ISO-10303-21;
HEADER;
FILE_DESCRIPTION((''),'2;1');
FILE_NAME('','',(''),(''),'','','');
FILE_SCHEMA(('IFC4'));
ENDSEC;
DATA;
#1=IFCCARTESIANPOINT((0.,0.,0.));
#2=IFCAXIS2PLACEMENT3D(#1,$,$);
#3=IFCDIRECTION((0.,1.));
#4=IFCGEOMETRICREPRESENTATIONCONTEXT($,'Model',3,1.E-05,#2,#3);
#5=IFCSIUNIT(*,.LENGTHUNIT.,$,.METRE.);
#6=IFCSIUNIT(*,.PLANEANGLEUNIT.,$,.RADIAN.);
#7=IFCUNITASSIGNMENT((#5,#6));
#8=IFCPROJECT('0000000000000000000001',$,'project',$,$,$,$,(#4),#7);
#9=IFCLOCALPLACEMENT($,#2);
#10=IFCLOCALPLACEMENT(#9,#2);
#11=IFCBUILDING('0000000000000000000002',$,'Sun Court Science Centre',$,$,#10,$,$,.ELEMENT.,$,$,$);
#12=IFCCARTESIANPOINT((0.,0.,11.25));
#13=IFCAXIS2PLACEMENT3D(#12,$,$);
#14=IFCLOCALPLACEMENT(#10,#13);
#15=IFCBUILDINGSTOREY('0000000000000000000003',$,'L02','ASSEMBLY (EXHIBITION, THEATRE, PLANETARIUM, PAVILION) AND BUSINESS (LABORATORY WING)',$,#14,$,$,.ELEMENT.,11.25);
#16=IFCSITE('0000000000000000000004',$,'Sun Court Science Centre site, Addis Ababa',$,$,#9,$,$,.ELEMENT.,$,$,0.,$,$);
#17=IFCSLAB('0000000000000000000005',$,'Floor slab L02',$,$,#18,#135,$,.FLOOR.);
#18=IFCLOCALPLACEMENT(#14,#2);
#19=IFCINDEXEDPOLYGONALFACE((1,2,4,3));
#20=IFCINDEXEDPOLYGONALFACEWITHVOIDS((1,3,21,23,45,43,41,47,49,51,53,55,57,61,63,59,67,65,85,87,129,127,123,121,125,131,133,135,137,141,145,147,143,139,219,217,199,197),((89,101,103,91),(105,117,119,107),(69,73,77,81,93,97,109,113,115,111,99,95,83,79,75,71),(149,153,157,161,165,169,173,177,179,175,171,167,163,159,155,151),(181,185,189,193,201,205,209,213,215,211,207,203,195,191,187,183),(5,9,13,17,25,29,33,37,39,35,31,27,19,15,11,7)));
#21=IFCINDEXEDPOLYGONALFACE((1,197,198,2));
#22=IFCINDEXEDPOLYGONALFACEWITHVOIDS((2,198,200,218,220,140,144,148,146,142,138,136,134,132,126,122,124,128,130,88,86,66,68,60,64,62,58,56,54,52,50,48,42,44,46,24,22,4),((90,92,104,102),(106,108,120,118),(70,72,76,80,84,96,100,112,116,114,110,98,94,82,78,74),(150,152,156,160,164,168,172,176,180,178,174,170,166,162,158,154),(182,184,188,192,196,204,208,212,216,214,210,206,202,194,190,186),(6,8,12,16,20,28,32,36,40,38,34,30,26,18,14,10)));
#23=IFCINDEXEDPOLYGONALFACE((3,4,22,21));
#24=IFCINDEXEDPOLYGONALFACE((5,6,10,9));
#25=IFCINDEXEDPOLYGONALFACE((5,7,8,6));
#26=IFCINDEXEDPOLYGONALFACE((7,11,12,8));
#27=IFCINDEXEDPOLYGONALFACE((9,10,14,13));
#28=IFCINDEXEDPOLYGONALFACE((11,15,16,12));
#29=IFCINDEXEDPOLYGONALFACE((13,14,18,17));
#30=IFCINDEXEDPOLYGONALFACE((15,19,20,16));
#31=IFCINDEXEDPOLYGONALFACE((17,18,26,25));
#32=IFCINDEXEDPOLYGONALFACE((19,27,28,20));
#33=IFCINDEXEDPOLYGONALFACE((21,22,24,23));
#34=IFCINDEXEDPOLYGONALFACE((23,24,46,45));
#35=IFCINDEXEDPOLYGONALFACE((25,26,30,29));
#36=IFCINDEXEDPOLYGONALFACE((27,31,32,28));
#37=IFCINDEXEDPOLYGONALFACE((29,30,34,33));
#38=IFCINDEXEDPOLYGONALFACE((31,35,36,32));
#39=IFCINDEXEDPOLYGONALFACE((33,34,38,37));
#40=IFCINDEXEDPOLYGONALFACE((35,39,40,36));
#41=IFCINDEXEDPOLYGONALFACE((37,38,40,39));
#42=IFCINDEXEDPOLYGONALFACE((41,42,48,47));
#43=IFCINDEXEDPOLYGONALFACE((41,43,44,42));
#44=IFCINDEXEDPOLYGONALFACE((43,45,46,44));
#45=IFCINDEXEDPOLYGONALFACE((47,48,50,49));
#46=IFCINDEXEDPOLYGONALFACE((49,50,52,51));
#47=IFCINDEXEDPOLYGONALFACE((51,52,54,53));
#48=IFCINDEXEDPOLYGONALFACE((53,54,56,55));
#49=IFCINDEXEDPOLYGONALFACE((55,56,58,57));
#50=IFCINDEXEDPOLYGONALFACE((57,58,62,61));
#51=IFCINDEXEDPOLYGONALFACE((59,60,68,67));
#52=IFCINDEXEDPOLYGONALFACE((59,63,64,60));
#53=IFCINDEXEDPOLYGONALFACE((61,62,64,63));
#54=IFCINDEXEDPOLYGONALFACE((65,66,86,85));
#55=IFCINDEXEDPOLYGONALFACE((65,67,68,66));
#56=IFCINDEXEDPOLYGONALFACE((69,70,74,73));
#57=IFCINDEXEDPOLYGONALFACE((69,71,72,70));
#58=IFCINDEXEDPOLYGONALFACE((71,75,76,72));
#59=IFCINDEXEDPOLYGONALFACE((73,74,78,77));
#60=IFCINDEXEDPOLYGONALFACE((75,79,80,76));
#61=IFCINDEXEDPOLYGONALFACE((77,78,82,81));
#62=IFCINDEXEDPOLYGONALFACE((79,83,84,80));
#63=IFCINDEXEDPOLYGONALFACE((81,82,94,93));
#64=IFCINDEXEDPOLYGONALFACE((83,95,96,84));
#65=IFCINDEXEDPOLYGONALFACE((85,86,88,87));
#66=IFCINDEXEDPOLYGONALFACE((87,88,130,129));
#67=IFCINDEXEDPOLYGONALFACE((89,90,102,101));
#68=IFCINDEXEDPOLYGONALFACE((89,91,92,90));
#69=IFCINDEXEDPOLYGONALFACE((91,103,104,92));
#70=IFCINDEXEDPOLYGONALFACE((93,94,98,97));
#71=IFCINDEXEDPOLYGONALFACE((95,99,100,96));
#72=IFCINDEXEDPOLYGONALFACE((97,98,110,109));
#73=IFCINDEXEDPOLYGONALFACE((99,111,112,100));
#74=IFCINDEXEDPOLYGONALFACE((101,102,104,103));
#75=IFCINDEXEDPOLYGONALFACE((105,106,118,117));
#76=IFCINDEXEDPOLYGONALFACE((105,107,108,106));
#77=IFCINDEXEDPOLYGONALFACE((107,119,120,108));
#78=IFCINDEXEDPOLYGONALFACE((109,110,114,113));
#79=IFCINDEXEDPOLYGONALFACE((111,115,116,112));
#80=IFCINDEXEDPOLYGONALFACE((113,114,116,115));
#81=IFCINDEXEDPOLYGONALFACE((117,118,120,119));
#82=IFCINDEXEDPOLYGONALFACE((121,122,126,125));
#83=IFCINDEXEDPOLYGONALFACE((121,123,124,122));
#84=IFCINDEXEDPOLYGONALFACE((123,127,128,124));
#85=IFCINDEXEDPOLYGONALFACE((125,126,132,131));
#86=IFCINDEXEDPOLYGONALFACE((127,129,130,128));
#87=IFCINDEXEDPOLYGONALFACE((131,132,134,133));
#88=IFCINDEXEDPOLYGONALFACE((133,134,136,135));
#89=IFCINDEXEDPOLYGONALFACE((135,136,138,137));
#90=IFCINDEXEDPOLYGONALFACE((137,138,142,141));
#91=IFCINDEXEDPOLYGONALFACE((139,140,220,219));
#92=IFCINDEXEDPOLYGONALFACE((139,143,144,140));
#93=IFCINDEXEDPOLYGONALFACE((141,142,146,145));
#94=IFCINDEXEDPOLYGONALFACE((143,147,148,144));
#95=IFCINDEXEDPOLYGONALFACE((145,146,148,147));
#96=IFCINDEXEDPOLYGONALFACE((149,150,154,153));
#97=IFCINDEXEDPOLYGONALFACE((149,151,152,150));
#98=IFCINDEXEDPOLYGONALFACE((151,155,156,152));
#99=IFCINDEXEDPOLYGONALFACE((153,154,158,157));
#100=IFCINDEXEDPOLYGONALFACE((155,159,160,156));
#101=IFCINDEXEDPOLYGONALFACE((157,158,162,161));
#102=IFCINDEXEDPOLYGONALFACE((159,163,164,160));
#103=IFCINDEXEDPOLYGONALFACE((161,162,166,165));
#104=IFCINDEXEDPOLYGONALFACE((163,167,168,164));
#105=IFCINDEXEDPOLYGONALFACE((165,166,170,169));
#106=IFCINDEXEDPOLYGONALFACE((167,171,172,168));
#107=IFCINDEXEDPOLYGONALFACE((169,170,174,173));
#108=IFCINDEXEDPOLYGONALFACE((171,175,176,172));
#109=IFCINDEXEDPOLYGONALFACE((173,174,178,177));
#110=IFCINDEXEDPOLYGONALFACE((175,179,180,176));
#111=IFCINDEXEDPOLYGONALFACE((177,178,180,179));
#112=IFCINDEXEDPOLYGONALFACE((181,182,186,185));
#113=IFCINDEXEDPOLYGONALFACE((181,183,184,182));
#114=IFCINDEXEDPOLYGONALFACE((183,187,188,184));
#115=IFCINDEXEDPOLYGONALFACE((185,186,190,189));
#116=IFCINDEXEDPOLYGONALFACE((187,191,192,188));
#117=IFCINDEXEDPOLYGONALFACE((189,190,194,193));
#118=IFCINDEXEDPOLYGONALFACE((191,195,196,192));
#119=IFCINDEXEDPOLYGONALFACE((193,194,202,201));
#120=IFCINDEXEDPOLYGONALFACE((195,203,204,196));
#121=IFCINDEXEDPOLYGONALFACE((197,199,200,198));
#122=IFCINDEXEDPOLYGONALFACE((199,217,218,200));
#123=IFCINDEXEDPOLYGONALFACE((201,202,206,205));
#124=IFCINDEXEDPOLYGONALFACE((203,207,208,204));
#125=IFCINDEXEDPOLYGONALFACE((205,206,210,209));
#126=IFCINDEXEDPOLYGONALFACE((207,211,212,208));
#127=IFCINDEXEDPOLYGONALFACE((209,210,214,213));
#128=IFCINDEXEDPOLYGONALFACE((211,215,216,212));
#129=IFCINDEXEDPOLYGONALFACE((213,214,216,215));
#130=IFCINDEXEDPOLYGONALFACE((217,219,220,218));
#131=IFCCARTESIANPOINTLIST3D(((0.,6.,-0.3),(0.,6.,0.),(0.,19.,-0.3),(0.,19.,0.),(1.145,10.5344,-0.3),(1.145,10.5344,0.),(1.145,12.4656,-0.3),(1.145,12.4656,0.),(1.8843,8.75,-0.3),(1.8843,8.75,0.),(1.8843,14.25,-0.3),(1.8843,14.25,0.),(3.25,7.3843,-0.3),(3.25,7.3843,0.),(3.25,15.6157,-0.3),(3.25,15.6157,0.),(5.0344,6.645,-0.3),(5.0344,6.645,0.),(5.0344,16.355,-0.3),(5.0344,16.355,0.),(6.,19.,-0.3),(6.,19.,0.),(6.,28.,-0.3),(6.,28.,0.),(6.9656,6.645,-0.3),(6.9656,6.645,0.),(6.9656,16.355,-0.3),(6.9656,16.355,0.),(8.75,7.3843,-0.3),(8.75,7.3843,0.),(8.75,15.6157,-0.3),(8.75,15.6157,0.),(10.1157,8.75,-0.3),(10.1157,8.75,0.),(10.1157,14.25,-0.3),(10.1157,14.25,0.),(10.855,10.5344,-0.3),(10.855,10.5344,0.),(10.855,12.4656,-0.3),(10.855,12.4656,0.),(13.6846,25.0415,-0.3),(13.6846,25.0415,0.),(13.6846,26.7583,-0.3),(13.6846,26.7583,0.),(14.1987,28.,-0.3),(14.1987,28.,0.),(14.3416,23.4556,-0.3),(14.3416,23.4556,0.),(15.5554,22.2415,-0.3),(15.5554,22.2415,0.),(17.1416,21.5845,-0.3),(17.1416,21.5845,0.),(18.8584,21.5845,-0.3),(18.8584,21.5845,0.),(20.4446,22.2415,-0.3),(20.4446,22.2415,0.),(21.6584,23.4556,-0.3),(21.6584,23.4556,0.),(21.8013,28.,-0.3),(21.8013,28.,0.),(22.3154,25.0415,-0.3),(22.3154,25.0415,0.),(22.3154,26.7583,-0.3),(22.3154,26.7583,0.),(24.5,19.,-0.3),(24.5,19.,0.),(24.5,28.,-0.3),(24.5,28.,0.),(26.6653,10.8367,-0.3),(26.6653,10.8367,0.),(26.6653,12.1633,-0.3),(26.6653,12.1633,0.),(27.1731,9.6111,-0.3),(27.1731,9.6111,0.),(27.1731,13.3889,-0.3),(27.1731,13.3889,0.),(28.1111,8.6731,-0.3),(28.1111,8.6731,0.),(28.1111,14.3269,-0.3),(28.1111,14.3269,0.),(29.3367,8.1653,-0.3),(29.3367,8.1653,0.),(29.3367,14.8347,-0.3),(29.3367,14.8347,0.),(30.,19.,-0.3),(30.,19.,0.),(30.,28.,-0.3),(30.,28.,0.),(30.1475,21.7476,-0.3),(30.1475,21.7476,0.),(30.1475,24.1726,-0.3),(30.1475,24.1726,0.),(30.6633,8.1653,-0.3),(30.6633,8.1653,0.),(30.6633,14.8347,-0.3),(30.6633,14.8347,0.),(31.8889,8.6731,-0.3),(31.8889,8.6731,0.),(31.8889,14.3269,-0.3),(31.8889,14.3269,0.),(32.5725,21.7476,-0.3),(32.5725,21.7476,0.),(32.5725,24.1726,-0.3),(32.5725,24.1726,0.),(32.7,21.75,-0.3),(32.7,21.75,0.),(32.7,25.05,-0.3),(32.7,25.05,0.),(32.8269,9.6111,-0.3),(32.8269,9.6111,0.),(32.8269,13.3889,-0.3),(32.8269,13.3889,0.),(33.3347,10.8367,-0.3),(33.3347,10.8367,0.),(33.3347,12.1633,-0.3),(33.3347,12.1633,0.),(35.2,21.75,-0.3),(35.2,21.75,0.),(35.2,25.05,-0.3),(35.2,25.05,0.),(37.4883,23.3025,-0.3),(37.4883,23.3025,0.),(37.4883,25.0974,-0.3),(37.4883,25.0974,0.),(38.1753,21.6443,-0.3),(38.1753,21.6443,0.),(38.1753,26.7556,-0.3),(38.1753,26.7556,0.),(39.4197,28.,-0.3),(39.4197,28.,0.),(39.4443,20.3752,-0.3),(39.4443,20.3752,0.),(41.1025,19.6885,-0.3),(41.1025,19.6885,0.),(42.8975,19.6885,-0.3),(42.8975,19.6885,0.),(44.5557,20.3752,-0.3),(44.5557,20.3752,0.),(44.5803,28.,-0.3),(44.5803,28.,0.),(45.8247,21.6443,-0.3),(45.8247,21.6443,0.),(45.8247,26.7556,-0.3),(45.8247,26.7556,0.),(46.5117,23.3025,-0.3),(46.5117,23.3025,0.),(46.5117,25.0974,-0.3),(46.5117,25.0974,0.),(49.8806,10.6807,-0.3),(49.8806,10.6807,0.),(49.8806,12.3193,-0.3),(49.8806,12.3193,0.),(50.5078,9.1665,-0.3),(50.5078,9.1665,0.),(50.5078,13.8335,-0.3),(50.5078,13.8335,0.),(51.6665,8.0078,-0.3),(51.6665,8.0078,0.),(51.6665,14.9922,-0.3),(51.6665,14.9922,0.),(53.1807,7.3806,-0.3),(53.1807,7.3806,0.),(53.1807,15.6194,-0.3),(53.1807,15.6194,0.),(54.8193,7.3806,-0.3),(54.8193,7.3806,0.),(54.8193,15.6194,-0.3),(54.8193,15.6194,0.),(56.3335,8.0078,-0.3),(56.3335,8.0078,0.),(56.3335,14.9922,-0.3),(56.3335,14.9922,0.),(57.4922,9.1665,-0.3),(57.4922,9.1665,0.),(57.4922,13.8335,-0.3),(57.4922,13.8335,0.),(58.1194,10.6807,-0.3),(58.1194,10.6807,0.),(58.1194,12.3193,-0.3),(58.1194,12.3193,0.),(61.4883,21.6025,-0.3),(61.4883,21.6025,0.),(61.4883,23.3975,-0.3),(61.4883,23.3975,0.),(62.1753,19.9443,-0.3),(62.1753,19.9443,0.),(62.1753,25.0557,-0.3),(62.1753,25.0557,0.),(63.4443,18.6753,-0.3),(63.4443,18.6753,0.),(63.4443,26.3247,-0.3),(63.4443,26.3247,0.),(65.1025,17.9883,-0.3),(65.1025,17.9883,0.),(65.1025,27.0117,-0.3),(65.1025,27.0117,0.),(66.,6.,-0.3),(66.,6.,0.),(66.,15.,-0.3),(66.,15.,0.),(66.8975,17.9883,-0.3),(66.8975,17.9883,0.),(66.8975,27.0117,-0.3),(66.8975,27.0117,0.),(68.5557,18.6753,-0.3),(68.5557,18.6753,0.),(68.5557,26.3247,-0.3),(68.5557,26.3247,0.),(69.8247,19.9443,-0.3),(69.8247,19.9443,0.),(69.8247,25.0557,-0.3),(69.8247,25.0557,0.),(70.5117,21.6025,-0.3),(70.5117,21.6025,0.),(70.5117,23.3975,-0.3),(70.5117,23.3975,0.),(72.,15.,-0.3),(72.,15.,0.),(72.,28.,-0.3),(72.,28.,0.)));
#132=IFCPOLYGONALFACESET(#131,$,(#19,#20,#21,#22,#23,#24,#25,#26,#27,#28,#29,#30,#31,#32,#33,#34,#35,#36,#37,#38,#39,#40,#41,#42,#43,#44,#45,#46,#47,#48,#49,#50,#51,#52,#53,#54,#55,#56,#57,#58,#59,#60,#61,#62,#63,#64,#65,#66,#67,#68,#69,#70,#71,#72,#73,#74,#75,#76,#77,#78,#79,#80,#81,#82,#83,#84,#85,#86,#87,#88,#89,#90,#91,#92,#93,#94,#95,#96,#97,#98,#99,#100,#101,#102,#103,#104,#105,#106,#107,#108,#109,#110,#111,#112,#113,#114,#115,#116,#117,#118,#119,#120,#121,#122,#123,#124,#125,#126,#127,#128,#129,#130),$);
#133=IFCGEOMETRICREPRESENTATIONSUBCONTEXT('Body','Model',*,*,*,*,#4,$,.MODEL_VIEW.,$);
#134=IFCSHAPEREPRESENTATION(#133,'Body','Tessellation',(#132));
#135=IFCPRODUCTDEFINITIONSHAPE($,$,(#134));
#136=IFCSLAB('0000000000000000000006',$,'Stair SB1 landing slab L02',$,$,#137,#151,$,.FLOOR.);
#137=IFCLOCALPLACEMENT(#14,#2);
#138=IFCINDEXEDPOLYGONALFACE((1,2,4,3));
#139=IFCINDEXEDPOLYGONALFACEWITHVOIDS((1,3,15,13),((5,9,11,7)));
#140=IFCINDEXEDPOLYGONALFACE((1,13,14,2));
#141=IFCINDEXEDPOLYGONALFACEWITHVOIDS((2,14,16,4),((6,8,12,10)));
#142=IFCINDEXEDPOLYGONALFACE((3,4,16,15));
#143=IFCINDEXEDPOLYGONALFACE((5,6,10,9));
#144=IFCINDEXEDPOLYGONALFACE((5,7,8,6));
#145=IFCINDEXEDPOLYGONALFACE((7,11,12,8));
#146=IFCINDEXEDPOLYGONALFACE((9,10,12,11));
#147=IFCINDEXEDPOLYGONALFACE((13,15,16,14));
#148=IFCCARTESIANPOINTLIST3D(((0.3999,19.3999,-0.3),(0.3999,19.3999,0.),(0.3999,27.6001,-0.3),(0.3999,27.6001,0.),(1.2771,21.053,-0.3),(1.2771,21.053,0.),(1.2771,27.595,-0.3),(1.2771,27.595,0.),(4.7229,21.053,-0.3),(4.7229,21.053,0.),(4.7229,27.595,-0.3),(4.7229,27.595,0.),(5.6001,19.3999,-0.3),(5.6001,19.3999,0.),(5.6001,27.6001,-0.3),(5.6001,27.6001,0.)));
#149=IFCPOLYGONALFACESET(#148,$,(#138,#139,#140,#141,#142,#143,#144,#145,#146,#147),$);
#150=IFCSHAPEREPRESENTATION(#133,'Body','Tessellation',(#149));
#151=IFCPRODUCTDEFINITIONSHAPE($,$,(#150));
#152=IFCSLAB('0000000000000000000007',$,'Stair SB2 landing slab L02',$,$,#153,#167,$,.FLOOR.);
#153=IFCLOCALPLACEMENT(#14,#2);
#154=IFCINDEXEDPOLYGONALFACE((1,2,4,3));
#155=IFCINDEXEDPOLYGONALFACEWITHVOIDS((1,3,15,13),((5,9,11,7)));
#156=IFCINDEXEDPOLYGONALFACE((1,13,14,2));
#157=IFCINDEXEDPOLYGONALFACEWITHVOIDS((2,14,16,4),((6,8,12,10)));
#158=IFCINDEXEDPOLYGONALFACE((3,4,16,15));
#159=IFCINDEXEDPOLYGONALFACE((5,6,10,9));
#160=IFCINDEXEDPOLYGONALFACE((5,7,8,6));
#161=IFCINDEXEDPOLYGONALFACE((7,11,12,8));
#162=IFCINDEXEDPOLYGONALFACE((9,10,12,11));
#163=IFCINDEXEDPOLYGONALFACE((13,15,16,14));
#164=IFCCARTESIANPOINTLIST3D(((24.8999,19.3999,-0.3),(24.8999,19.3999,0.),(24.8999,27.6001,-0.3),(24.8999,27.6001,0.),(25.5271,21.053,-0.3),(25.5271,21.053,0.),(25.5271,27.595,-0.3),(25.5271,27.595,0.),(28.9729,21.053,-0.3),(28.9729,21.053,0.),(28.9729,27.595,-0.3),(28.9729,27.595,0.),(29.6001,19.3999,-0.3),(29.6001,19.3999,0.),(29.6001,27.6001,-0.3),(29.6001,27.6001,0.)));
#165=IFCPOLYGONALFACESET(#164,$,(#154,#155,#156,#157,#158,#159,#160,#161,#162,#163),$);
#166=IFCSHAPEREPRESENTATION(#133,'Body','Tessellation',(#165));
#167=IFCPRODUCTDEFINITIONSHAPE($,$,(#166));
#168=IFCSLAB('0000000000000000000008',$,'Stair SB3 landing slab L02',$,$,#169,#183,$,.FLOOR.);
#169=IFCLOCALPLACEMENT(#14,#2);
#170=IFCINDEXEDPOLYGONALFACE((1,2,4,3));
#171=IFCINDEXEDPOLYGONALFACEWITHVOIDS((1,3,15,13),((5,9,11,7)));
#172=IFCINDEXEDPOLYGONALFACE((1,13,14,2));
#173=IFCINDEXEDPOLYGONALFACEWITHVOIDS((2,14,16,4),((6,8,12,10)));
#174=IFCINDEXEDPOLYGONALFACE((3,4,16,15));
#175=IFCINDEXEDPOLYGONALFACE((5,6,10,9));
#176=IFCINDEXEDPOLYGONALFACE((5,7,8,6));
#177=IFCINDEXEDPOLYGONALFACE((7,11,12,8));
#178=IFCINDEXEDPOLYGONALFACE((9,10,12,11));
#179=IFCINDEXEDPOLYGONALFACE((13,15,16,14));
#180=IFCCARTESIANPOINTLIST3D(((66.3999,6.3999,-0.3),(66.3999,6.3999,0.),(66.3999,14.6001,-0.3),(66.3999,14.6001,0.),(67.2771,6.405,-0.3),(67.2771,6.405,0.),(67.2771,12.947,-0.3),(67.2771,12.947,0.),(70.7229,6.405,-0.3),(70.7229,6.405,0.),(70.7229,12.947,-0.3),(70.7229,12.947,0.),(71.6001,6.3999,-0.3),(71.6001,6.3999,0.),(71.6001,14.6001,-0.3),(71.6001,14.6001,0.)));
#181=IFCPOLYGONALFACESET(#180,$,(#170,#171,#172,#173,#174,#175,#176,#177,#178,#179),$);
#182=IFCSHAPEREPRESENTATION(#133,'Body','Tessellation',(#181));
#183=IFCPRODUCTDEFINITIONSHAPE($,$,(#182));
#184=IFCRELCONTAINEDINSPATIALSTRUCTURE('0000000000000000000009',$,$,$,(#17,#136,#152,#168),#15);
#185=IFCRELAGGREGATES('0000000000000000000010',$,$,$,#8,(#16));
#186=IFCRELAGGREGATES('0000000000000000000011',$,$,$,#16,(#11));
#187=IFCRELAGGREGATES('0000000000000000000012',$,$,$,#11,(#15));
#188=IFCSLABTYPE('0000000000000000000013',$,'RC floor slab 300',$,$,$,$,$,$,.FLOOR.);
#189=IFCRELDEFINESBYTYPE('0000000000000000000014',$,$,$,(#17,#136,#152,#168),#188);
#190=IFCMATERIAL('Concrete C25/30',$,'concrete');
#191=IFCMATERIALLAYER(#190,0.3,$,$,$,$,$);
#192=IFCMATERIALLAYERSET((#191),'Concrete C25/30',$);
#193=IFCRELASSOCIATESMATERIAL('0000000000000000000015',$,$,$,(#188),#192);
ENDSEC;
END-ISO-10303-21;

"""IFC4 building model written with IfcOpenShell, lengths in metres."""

from ifc_helpers import new_model, si_unit, direction, frame, origin, place, context, subcontext, project, spatial, polyline, outline, extrude, material, layer, layer_set, type_object, element, save


model = new_model("IFC4")

# Units and contexts
model_context = context("Model", 3, precision=1e-05, world=origin(), true_north=direction((0.0, 1.0)))
body_context = subcontext(model_context, "Body", "Model", "MODEL_VIEW")
ifc_project = project(units=[si_unit("LENGTHUNIT", "METRE"), si_unit("PLANEANGLEUNIT", "RADIAN")], contexts=[model_context])

# Site, building, storey
site_placement = place(None, origin())
site = spatial("IfcSite", under=ifc_project, at=site_placement, Name="Sun Court Science Centre site, Addis Ababa", CompositionType="ELEMENT", RefElevation=0.0)
building_placement = place(site_placement, origin())
building = spatial("IfcBuilding", under=site, at=building_placement, Name="Sun Court Science Centre", CompositionType="ELEMENT")
storey_placement = place(building_placement, frame((0.0, 0.0, 11.25)))
storey = spatial("IfcBuildingStorey", under=building, at=storey_placement, Name="L02", Description="ASSEMBLY (EXHIBITION, THEATRE, PLANETARIUM, PAVILION) AND BUSINESS (LABORATORY WING)", CompositionType="ELEMENT", Elevation=11.25)

# Slabs
ifc_material_1 = material(Name="Concrete C25/30", Category="concrete")
ifc_layer_1 = layer(ifc_material_1, 0.3)
ifc_layer_set_1 = layer_set([ifc_layer_1], Name="Concrete C25/30")
slab_type = type_object("IfcSlabType", Name="RC floor slab 300", PredefinedType="FLOOR", material=ifc_layer_set_1)
slab_1_placement = place(storey_placement, frame((0.0, 0.0, -0.3)))
element("IfcSlab", 1, at=slab_1_placement, inside=storey, type_object=slab_type, Name="Floor slab L02", PredefinedType="FLOOR", context=body_context, shape_type="SweptSolid", body=[
    extrude(outline(polyline([(72.0, 15.0), (72.0, 28.0), (44.5803, 28.0), (45.8247, 26.7556), (46.5117, 25.0974), (46.5117, 23.3025), (45.8247, 21.6443), (44.5557, 20.3752), (42.8975, 19.6885), (41.1025, 19.6885), (39.4443, 20.3752), (38.1753, 21.6443), (37.4883, 23.3025), (37.4883, 25.0974), (38.1753, 26.7556), (39.4197, 28.0), (30.0, 28.0), (30.0, 19.0), (24.5, 19.0), (24.5, 28.0), (21.8013, 28.0), (22.3154, 26.7583), (22.3154, 25.0415), (21.6584, 23.4556), (20.4446, 22.2415), (18.8584, 21.5845), (17.1416, 21.5845), (15.5554, 22.2415), (14.3416, 23.4556), (13.6846, 25.0415), (13.6846, 26.7583), (14.1987, 28.0), (6.0, 28.0), (6.0, 19.0), (0.0, 19.0), (0.0, 6.0), (66.0, 6.0), (66.0, 15.0), (72.0, 15.0)]), holes=[polyline([(70.5117, 23.3975), (70.5117, 21.6025), (69.8247, 19.9443), (68.5557, 18.6753), (66.8975, 17.9883), (65.1025, 17.9883), (63.4443, 18.6753), (62.1753, 19.9443), (61.4883, 21.6025), (61.4883, 23.3975), (62.1753, 25.0557), (63.4443, 26.3247), (65.1025, 27.0117), (66.8975, 27.0117), (68.5557, 26.3247), (69.8247, 25.0557), (70.5117, 23.3975)]), polyline([(58.1194, 10.6807), (57.4922, 9.1665), (56.3335, 8.0078), (54.8193, 7.3806), (53.1807, 7.3806), (51.6665, 8.0078), (50.5078, 9.1665), (49.8806, 10.6807), (49.8806, 12.3193), (50.5078, 13.8335), (51.6665, 14.9922), (53.1807, 15.6194), (54.8193, 15.6194), (56.3335, 14.9922), (57.4922, 13.8335), (58.1194, 12.3193), (58.1194, 10.6807)]), polyline([(32.7, 25.05), (35.2, 25.05), (35.2, 21.75), (32.7, 21.75), (32.7, 25.05)]), polyline([(33.3347, 10.8367), (32.8269, 9.6111), (31.8889, 8.6731), (30.6633, 8.1653), (29.3367, 8.1653), (28.1111, 8.6731), (27.1731, 9.6111), (26.6653, 10.8367), (26.6653, 12.1633), (27.1731, 13.3889), (28.1111, 14.3269), (29.3367, 14.8347), (30.6633, 14.8347), (31.8889, 14.3269), (32.8269, 13.3889), (33.3347, 12.1633), (33.3347, 10.8367)]), polyline([(30.1475, 24.1726), (32.5725, 24.1726), (32.5725, 21.7476), (30.1475, 21.7476), (30.1475, 24.1726)]), polyline([(10.855, 12.4656), (10.855, 10.5344), (10.1157, 8.75), (8.75, 7.3843), (6.9656, 6.645), (5.0344, 6.645), (3.25, 7.3843), (1.8843, 8.75), (1.145, 10.5344), (1.145, 12.4656), (1.8843, 14.25), (3.25, 15.6157), (5.0344, 16.355), (6.9656, 16.355), (8.75, 15.6157), (10.1157, 14.25), (10.855, 12.4656)])]), origin(), (0.0, 0.0, 1.0), 0.3),
])
slab_2_placement = place(storey_placement, frame((0.0, 0.0, -0.3)))
element("IfcSlab", 2, at=slab_2_placement, inside=storey, type_object=slab_type, Name="Stair SB1 landing slab L02", PredefinedType="FLOOR", context=body_context, shape_type="SweptSolid", body=[
    extrude(outline(polyline([(0.3999, 27.6001), (0.3999, 19.3999), (5.6001, 19.3999), (5.6001, 27.6001), (0.3999, 27.6001)]), holes=[polyline([(4.7229, 27.595), (4.7229, 21.053), (1.2771, 21.053), (1.2771, 27.595), (4.7229, 27.595)])]), origin(), (0.0, 0.0, 1.0), 0.3),
])
slab_3_placement = place(storey_placement, frame((0.0, 0.0, -0.3)))
element("IfcSlab", 3, at=slab_3_placement, inside=storey, type_object=slab_type, Name="Stair SB2 landing slab L02", PredefinedType="FLOOR", context=body_context, shape_type="SweptSolid", body=[
    extrude(outline(polyline([(24.8999, 27.6001), (24.8999, 19.3999), (29.6001, 19.3999), (29.6001, 27.6001), (24.8999, 27.6001)]), holes=[polyline([(28.9729, 27.595), (28.9729, 21.053), (25.5271, 21.053), (25.5271, 27.595), (28.9729, 27.595)])]), origin(), (0.0, 0.0, 1.0), 0.3),
])
slab_4_placement = place(storey_placement, frame((0.0, 0.0, -0.3)))
element("IfcSlab", 4, at=slab_4_placement, inside=storey, type_object=slab_type, Name="Stair SB3 landing slab L02", PredefinedType="FLOOR", context=body_context, shape_type="SweptSolid", body=[
    extrude(outline(polyline([(66.3999, 14.6001), (66.3999, 6.3999), (71.6001, 6.3999), (71.6001, 14.6001), (66.3999, 14.6001)]), holes=[polyline([(67.2771, 6.405), (67.2771, 12.947), (70.7229, 12.947), (70.7229, 6.405), (67.2771, 6.405)])]), origin(), (0.0, 0.0, 1.0), 0.3),
])

save(model, "model.ifc")
